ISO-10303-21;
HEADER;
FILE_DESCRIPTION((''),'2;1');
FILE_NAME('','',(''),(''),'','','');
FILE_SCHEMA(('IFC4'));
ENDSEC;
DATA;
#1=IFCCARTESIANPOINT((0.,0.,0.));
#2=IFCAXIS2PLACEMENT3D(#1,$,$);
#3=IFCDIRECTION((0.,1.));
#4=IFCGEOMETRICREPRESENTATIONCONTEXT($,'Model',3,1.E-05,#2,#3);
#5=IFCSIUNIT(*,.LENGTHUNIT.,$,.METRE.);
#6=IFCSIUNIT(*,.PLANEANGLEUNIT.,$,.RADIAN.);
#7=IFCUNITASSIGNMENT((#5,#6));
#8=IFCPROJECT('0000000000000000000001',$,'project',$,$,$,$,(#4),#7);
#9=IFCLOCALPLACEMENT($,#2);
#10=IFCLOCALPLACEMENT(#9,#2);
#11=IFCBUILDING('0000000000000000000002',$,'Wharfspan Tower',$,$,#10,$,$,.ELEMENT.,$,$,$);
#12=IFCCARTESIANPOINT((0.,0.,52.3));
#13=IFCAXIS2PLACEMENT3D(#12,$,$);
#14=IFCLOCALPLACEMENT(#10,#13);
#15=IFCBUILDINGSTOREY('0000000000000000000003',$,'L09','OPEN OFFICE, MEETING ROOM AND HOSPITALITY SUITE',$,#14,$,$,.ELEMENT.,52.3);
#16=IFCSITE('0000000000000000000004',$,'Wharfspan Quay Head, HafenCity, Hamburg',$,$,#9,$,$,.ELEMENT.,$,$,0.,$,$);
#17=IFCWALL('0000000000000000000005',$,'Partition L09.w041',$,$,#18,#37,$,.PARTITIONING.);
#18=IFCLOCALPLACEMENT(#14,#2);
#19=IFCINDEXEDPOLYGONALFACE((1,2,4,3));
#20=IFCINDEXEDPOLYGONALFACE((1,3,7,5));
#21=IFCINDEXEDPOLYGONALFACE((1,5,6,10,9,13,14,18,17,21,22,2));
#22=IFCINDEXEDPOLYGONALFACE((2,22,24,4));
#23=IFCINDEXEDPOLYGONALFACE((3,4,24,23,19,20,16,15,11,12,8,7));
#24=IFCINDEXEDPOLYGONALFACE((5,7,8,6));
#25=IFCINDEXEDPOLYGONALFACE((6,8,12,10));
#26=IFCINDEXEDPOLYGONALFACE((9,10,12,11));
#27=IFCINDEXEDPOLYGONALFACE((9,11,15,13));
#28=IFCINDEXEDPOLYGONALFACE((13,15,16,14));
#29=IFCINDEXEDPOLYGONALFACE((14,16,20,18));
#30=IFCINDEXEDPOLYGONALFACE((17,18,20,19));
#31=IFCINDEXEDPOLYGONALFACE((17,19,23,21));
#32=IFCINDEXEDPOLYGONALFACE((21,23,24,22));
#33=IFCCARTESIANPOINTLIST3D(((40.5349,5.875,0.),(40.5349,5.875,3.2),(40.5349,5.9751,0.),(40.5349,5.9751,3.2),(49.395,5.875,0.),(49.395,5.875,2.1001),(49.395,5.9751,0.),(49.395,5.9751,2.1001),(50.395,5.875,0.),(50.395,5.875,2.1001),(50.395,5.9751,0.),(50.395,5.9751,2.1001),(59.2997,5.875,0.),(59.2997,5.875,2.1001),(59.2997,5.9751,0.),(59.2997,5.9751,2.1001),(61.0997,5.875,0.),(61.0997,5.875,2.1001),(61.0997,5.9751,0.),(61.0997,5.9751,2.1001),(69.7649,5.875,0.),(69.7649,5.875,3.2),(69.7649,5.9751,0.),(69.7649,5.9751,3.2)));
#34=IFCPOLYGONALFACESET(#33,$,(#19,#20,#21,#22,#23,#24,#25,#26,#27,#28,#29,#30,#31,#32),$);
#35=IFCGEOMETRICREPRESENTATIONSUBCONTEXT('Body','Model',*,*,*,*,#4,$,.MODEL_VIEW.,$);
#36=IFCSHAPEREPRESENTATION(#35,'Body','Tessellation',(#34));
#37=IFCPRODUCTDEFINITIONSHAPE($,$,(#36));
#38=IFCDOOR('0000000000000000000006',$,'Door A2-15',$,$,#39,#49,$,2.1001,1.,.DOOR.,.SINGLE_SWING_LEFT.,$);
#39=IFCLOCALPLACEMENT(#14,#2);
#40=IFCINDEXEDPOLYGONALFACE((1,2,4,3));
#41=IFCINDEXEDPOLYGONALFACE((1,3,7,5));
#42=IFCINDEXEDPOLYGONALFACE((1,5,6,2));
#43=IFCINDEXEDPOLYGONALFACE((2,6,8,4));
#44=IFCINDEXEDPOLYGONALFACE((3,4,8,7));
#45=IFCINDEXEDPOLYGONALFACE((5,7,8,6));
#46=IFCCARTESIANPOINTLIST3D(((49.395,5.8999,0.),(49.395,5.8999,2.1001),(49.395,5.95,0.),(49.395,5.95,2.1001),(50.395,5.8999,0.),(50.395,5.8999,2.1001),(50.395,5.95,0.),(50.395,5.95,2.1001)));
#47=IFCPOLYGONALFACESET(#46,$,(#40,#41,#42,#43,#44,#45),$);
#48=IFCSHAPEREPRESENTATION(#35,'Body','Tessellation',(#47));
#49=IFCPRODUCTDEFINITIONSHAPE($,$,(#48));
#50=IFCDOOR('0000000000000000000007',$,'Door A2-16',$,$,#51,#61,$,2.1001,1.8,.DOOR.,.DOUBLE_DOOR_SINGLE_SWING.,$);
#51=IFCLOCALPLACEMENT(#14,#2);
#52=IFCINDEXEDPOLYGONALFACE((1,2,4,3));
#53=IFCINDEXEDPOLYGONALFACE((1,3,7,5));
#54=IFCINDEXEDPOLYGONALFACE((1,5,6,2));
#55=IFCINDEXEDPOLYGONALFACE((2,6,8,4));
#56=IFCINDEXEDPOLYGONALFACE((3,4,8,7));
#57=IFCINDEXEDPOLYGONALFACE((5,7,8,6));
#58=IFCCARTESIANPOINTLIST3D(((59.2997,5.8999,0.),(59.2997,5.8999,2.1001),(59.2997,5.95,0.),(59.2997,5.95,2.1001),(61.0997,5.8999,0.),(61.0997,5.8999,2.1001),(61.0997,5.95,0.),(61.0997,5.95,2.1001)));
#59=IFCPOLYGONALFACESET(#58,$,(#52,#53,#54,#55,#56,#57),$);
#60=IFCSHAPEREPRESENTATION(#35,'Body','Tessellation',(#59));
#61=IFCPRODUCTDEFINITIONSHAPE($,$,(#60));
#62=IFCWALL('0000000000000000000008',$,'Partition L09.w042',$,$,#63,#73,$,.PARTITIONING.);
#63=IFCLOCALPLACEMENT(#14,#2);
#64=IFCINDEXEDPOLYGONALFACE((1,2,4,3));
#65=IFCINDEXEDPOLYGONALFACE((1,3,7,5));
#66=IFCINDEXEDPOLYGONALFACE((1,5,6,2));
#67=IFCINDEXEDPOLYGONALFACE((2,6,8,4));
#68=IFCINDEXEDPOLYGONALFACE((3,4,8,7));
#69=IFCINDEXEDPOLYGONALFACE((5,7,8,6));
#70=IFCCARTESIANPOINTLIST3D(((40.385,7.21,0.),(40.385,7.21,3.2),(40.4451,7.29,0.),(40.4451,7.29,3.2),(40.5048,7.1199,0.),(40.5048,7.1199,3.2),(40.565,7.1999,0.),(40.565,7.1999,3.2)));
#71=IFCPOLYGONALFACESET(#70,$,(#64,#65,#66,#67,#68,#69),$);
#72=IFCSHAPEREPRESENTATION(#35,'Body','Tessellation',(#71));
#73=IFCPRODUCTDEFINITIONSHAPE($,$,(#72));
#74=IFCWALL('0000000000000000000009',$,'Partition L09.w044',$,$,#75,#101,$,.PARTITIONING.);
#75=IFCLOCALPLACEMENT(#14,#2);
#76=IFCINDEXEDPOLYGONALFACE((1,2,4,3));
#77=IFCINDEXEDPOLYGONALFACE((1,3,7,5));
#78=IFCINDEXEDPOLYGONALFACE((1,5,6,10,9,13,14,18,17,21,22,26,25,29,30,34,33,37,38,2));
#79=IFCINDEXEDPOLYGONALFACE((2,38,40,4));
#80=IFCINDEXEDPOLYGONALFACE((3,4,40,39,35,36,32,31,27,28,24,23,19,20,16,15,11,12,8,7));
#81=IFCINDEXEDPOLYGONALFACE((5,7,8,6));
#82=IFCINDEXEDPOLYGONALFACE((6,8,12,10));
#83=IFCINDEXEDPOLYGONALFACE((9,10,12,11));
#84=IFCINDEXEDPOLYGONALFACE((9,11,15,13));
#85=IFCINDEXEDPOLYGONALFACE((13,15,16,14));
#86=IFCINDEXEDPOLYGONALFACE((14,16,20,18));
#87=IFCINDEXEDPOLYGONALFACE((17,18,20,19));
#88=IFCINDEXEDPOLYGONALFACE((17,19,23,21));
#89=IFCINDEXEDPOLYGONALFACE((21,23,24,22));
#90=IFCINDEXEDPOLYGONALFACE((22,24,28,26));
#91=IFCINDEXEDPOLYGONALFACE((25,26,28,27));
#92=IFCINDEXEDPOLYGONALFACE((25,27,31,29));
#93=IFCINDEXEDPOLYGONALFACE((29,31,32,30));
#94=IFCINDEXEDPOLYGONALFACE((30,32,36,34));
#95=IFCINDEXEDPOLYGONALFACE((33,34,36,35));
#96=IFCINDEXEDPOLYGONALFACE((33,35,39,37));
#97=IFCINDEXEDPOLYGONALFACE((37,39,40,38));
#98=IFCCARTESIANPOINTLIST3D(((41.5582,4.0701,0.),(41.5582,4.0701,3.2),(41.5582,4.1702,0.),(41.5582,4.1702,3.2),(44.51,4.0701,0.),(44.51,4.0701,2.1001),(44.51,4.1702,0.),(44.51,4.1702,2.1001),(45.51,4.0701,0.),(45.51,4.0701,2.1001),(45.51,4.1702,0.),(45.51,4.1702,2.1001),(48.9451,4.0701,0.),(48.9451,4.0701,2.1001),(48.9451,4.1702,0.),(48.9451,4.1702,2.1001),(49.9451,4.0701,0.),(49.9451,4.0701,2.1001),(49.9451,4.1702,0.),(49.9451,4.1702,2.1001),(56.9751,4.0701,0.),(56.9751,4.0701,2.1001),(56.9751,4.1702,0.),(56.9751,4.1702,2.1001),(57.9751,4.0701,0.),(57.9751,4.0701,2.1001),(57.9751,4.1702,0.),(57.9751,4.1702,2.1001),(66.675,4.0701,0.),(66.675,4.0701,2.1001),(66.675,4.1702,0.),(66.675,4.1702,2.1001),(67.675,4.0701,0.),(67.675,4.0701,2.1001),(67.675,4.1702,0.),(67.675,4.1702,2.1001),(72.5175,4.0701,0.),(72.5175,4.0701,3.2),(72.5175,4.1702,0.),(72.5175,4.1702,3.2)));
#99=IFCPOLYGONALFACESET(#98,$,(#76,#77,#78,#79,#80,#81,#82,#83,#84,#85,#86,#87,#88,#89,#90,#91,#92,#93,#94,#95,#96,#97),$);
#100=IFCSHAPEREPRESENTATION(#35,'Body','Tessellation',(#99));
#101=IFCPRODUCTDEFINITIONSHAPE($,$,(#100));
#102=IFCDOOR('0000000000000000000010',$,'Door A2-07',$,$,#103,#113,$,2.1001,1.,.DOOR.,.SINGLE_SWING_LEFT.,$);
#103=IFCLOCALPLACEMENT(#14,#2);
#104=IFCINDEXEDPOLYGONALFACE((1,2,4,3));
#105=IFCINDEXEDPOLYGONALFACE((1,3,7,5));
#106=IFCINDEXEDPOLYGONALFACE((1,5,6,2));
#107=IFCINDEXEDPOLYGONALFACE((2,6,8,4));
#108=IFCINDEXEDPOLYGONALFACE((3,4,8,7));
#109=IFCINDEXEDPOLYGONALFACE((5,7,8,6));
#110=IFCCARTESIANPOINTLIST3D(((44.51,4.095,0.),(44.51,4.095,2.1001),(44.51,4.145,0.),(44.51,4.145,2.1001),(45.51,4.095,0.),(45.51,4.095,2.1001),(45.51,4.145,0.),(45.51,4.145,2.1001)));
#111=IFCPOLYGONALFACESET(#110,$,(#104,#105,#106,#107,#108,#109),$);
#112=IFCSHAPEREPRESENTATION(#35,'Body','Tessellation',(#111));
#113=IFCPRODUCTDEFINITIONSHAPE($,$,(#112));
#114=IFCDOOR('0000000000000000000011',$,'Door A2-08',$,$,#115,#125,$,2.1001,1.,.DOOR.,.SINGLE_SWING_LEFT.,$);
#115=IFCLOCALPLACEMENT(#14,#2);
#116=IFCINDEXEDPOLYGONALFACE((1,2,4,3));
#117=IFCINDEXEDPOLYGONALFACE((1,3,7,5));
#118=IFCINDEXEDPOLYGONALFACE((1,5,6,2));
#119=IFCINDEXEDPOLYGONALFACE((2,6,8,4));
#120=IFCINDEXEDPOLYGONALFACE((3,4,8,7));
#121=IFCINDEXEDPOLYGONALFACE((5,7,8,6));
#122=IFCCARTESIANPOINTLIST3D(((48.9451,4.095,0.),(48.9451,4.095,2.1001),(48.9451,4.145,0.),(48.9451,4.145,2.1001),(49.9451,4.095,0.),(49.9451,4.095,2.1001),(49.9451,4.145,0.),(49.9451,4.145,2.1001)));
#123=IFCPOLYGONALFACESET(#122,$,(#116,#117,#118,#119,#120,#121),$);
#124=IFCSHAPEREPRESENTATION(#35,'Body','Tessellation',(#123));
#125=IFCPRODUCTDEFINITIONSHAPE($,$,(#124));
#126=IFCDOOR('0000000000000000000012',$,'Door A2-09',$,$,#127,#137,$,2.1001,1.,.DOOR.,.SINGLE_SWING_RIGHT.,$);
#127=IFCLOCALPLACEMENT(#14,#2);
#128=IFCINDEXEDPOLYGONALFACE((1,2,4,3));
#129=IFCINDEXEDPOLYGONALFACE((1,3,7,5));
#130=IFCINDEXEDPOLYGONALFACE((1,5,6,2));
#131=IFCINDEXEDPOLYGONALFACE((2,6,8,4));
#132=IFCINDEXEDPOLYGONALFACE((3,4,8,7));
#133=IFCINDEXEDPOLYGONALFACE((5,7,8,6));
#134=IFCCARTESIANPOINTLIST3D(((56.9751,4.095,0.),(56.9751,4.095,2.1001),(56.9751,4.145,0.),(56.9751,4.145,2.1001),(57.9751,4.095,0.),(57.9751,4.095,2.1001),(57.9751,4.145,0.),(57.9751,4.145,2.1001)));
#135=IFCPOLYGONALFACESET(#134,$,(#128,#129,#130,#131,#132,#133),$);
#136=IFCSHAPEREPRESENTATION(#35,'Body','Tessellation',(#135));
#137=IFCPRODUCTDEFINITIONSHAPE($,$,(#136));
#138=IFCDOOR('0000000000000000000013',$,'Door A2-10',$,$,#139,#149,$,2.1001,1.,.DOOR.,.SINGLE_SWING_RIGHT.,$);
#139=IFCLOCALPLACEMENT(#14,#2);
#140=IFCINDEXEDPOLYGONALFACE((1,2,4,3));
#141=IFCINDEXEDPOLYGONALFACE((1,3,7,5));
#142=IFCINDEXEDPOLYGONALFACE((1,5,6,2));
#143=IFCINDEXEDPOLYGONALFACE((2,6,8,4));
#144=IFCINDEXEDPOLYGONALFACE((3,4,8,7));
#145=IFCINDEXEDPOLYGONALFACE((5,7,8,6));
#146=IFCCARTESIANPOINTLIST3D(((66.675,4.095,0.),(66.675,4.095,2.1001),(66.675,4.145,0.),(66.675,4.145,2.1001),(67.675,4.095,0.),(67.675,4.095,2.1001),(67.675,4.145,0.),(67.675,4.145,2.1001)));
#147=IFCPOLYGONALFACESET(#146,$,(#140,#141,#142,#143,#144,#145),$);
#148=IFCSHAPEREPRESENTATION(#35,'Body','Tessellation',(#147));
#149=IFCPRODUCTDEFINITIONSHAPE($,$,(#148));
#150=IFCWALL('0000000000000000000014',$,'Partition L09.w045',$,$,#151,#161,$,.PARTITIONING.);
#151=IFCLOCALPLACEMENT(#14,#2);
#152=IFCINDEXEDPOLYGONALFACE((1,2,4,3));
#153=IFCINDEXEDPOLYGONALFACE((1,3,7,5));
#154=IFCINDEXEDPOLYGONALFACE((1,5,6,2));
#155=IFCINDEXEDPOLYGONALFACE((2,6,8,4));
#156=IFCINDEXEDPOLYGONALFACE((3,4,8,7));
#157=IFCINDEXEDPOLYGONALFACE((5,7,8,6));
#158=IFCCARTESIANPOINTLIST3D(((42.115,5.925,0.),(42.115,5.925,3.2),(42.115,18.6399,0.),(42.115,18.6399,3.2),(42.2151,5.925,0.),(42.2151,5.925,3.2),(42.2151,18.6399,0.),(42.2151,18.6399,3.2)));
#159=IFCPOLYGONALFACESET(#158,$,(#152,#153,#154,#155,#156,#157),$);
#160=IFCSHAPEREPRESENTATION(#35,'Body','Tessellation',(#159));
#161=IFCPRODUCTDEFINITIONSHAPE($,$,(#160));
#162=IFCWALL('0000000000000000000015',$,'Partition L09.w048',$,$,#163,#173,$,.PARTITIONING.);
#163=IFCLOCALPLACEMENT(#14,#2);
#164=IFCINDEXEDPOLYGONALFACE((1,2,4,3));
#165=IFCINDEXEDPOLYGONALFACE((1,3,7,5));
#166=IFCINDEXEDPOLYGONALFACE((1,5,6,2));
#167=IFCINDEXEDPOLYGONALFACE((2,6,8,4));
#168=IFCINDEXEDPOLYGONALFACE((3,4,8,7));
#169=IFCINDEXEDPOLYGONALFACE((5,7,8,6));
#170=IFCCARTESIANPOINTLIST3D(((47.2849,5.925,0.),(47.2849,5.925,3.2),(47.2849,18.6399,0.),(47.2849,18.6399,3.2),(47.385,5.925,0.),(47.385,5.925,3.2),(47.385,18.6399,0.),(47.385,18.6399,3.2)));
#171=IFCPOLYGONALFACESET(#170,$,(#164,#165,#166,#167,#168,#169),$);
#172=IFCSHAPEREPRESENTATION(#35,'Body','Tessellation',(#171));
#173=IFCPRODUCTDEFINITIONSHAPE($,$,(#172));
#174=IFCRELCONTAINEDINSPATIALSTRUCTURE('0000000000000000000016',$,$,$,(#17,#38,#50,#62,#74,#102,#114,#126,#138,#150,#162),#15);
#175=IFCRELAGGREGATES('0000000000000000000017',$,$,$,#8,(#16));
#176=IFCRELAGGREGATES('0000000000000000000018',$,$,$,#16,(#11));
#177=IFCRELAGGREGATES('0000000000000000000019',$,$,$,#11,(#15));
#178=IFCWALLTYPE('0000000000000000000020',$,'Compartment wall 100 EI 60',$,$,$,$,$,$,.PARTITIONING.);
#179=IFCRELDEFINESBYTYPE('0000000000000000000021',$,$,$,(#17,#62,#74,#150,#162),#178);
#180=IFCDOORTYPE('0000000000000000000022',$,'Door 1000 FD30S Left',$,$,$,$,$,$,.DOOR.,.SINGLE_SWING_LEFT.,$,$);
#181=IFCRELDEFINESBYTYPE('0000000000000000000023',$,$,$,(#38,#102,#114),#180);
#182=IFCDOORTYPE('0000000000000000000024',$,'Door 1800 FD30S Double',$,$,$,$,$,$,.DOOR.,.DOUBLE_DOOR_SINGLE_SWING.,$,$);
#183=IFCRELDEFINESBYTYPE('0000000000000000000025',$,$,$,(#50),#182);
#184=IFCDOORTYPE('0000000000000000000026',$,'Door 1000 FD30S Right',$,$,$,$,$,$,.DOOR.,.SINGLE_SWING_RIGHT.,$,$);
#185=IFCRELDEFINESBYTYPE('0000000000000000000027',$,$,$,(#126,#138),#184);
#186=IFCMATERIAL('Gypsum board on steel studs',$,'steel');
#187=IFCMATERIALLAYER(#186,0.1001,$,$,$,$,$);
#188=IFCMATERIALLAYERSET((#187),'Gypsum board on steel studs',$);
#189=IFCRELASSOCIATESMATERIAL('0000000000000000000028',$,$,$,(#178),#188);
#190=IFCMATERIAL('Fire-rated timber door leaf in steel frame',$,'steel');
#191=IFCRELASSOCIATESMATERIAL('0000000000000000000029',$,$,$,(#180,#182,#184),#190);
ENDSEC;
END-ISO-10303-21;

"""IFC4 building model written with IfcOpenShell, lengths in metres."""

from ifc_helpers import new_model, si_unit, direction, frame, frame_2d, origin, place, context, subcontext, project, spatial, rectangle, extrude, material, layer, layer_set, type_object, element, fill, save


model = new_model("IFC4")

# Units and contexts
model_context = context("Model", 3, precision=1e-05, world=origin(), true_north=direction((0.0, 1.0)))
body_context = subcontext(model_context, "Body", "Model", "MODEL_VIEW")
ifc_project = project(units=[si_unit("LENGTHUNIT", "METRE"), si_unit("PLANEANGLEUNIT", "RADIAN")], contexts=[model_context])

# Site, building, storey
site_placement = place(None, origin())
site = spatial("IfcSite", under=ifc_project, at=site_placement, Name="Wharfspan Quay Head, HafenCity, Hamburg", CompositionType="ELEMENT", RefElevation=0.0)
building_placement = place(site_placement, origin())
building = spatial("IfcBuilding", under=site, at=building_placement, Name="Wharfspan Tower", CompositionType="ELEMENT")
storey_placement = place(building_placement, frame((0.0, 0.0, 52.3)))
storey = spatial("IfcBuildingStorey", under=building, at=storey_placement, Name="L09", Description="OPEN OFFICE, MEETING ROOM AND HOSPITALITY SUITE", CompositionType="ELEMENT", Elevation=52.3)

# Shared definitions
ifc_material_1 = material(Name="Gypsum board on steel studs", Category="steel")
ifc_layer_1 = layer(ifc_material_1, 0.1001)
ifc_layer_set_1 = layer_set([ifc_layer_1], Name="Gypsum board on steel studs")
wall_type_1 = type_object("IfcWallType", Name="Compartment wall 100 EI 60", PredefinedType="PARTITIONING", material=ifc_layer_set_1)
ifc_material_2 = material(Name="Fire-rated timber door leaf in steel frame", Category="steel")
door_type_1 = type_object("IfcDoorType", Name="Door 1000 FD30S Left", OperationType="SINGLE_SWING_LEFT", PredefinedType="DOOR", material=ifc_material_2)

# Wall, openings, doors
wall_1_placement = place(storey_placement, frame((40.5349, 5.925, 0.0), z_axis=(0.0, 0.0, 1.0), x_axis=(1.0, 0.0, 0.0)))
wall_1 = element("IfcWall", 1, at=wall_1_placement, inside=storey, type_object=wall_type_1, Name="Partition L09.w041", PredefinedType="PARTITIONING", context=body_context, shape_type="SweptSolid", body=[
    extrude(rectangle(XDim=29.23, YDim=0.1001, at=frame_2d((14.615, 0.0))), origin(), (0.0, 0.0, 1.0), 3.2),
])
opening_1_placement = place(wall_1_placement, frame((8.8601, 0.0, 0.0)))
opening_1 = element("IfcOpeningElement", 2, at=opening_1_placement, cuts=wall_1, PredefinedType="OPENING", context=body_context, shape_type="SweptSolid", body=[
    extrude(rectangle(XDim=1.0, YDim=2.1001, at=frame_2d((0.5, 1.05))), frame((0.0, 0.0601, 0.0), z_axis=(0.0, -1.0, 0.0), x_axis=(1.0, 0.0, 0.0)), (0.0, 0.0, 1.0), 0.1201),
])
opening_2_placement = place(wall_1_placement, frame((18.7649, 0.0, 0.0)))
opening_2 = element("IfcOpeningElement", 3, at=opening_2_placement, cuts=wall_1, PredefinedType="OPENING", context=body_context, shape_type="SweptSolid", body=[
    extrude(rectangle(XDim=1.8, YDim=2.1001, at=frame_2d((0.8999, 1.05))), frame((0.0, 0.0601, 0.0), z_axis=(0.0, -1.0, 0.0), x_axis=(1.0, 0.0, 0.0)), (0.0, 0.0, 1.0), 0.1201),
])
door_1_placement = place(opening_1_placement, origin())
door_1 = element("IfcDoor", 4, at=door_1_placement, inside=storey, type_object=door_type_1, Name="Door A2-15", OperationType="SINGLE_SWING_LEFT", OverallHeight=2.1001, OverallWidth=1.0, PredefinedType="DOOR", context=body_context, shape_type="SweptSolid", body=[
    extrude(rectangle(XDim=1.0, YDim=2.1001, at=frame_2d((0.5, 1.05))), frame((0.0, 0.0249, 0.0), z_axis=(0.0, -1.0, 0.0), x_axis=(1.0, 0.0, 0.0)), (0.0, 0.0, 1.0), 0.05),
])
fill(opening_1, door_1)
door_type_2 = type_object("IfcDoorType", Name="Door 1800 FD30S Double", OperationType="DOUBLE_DOOR_SINGLE_SWING", PredefinedType="DOOR", material=ifc_material_2)
door_2_placement = place(opening_2_placement, origin())
door_2 = element("IfcDoor", 5, at=door_2_placement, inside=storey, type_object=door_type_2, Name="Door A2-16", OperationType="DOUBLE_DOOR_SINGLE_SWING", OverallHeight=2.1001, OverallWidth=1.8, PredefinedType="DOOR", context=body_context, shape_type="SweptSolid", body=[
    extrude(rectangle(XDim=1.8, YDim=2.1001, at=frame_2d((0.8999, 1.05))), frame((0.0, 0.0249, 0.0), z_axis=(0.0, -1.0, 0.0), x_axis=(1.0, 0.0, 0.0)), (0.0, 0.0, 1.0), 0.05),
])
fill(opening_2, door_2)

# Wall
wall_2_placement = place(storey_placement, frame((40.5349, 7.1599, 0.0), z_axis=(0.0, 0.0, 1.0), x_axis=(-0.799412, 0.60078, 0.0)))
element("IfcWall", 6, at=wall_2_placement, inside=storey, type_object=wall_type_1, Name="Partition L09.w042", PredefinedType="PARTITIONING", context=body_context, shape_type="SweptSolid", body=[
    extrude(rectangle(XDim=0.1499, YDim=0.1001, at=frame_2d((0.075, 0.0))), origin(), (0.0, 0.0, 1.0), 3.2),
])

# Wall, openings, doors
wall_3_placement = place(storey_placement, frame((41.5583, 4.1201, 0.0), z_axis=(0.0, 0.0, 1.0), x_axis=(1.0, 0.0, 0.0)))
wall_3 = element("IfcWall", 7, at=wall_3_placement, inside=storey, type_object=wall_type_1, Name="Partition L09.w044", PredefinedType="PARTITIONING", context=body_context, shape_type="SweptSolid", body=[
    extrude(rectangle(XDim=30.9592, YDim=0.1001, at=frame_2d((15.4795, 0.0))), origin(), (0.0, 0.0, 1.0), 3.2),
])
opening_3_placement = place(wall_3_placement, frame((2.9517, 0.0, 0.0)))
opening_3 = element("IfcOpeningElement", 8, at=opening_3_placement, cuts=wall_3, PredefinedType="OPENING", context=body_context, shape_type="SweptSolid", body=[
    extrude(rectangle(XDim=1.0, YDim=2.1001, at=frame_2d((0.5, 1.05))), frame((0.0, 0.0601, 0.0), z_axis=(0.0, -1.0, 0.0), x_axis=(1.0, 0.0, 0.0)), (0.0, 0.0, 1.0), 0.1201),
])
opening_4_placement = place(wall_3_placement, frame((7.3867, 0.0, 0.0)))
opening_4 = element("IfcOpeningElement", 9, at=opening_4_placement, cuts=wall_3, PredefinedType="OPENING", context=body_context, shape_type="SweptSolid", body=[
    extrude(rectangle(XDim=1.0, YDim=2.1001, at=frame_2d((0.5, 1.05))), frame((0.0, 0.0601, 0.0), z_axis=(0.0, -1.0, 0.0), x_axis=(1.0, 0.0, 0.0)), (0.0, 0.0, 1.0), 0.1201),
])
opening_5_placement = place(wall_3_placement, frame((15.4167, 0.0, 0.0)))
opening_5 = element("IfcOpeningElement", 10, at=opening_5_placement, cuts=wall_3, PredefinedType="OPENING", context=body_context, shape_type="SweptSolid", body=[
    extrude(rectangle(XDim=1.0, YDim=2.1001, at=frame_2d((0.5, 1.05))), frame((0.0, 0.0601, 0.0), z_axis=(0.0, -1.0, 0.0), x_axis=(1.0, 0.0, 0.0)), (0.0, 0.0, 1.0), 0.1201),
])
opening_6_placement = place(wall_3_placement, frame((25.1167, 0.0, 0.0)))
opening_6 = element("IfcOpeningElement", 11, at=opening_6_placement, cuts=wall_3, PredefinedType="OPENING", context=body_context, shape_type="SweptSolid", body=[
    extrude(rectangle(XDim=1.0, YDim=2.1001, at=frame_2d((0.5, 1.05))), frame((0.0, 0.0601, 0.0), z_axis=(0.0, -1.0, 0.0), x_axis=(1.0, 0.0, 0.0)), (0.0, 0.0, 1.0), 0.1201),
])
door_3_placement = place(opening_3_placement, origin())
door_3 = element("IfcDoor", 12, at=door_3_placement, inside=storey, type_object=door_type_1, Name="Door A2-07", OperationType="SINGLE_SWING_LEFT", OverallHeight=2.1001, OverallWidth=1.0, PredefinedType="DOOR", context=body_context, shape_type="SweptSolid", body=[
    extrude(rectangle(XDim=1.0, YDim=2.1001, at=frame_2d((0.5, 1.05))), frame((0.0, 0.0249, 0.0), z_axis=(0.0, -1.0, 0.0), x_axis=(1.0, 0.0, 0.0)), (0.0, 0.0, 1.0), 0.05),
])
fill(opening_3, door_3)
door_4_placement = place(opening_4_placement, origin())
door_4 = element("IfcDoor", 13, at=door_4_placement, inside=storey, type_object=door_type_1, Name="Door A2-08", OperationType="SINGLE_SWING_LEFT", OverallHeight=2.1001, OverallWidth=1.0, PredefinedType="DOOR", context=body_context, shape_type="SweptSolid", body=[
    extrude(rectangle(XDim=1.0, YDim=2.1001, at=frame_2d((0.5, 1.05))), frame((0.0, 0.0249, 0.0), z_axis=(0.0, -1.0, 0.0), x_axis=(1.0, 0.0, 0.0)), (0.0, 0.0, 1.0), 0.05),
])
fill(opening_4, door_4)
door_type_3 = type_object("IfcDoorType", Name="Door 1000 FD30S Right", OperationType="SINGLE_SWING_RIGHT", PredefinedType="DOOR", material=ifc_material_2)
door_5_placement = place(opening_5_placement, origin())
door_5 = element("IfcDoor", 14, at=door_5_placement, inside=storey, type_object=door_type_3, Name="Door A2-09", OperationType="SINGLE_SWING_RIGHT", OverallHeight=2.1001, OverallWidth=1.0, PredefinedType="DOOR", context=body_context, shape_type="SweptSolid", body=[
    extrude(rectangle(XDim=1.0, YDim=2.1001, at=frame_2d((0.5, 1.05))), frame((0.0, 0.0249, 0.0), z_axis=(0.0, -1.0, 0.0), x_axis=(1.0, 0.0, 0.0)), (0.0, 0.0, 1.0), 0.05),
])
fill(opening_5, door_5)
door_6_placement = place(opening_6_placement, origin())
door_6 = element("IfcDoor", 15, at=door_6_placement, inside=storey, type_object=door_type_3, Name="Door A2-10", OperationType="SINGLE_SWING_RIGHT", OverallHeight=2.1001, OverallWidth=1.0, PredefinedType="DOOR", context=body_context, shape_type="SweptSolid", body=[
    extrude(rectangle(XDim=1.0, YDim=2.1001, at=frame_2d((0.5, 1.05))), frame((0.0, 0.0249, 0.0), z_axis=(0.0, -1.0, 0.0), x_axis=(1.0, 0.0, 0.0)), (0.0, 0.0, 1.0), 0.05),
])
fill(opening_6, door_6)

# Walls
for number, where, z_axis, x_axis, name in (
    (16, (42.165, 5.925, 0.0), (0.0, 0.0, 1.0), (0.0, 1.0, 0.0), "Partition L09.w045"),
    (17, (47.335, 5.925, 0.0), (0.0, 0.0, 1.0), (0.0, 1.0, 0.0), "Partition L09.w048"),
):
    element("IfcWall", number, at=place(storey_placement, frame(where, z_axis=z_axis, x_axis=x_axis)), inside=storey, type_object=wall_type_1, Name=name, PredefinedType="PARTITIONING", context=body_context, shape_type="SweptSolid", body=[
        extrude(rectangle(XDim=12.7148, YDim=0.1001, at=frame_2d((6.3574, 0.0))), origin(), (0.0, 0.0, 1.0), 3.2),
    ])

save(model, "model.ifc")
